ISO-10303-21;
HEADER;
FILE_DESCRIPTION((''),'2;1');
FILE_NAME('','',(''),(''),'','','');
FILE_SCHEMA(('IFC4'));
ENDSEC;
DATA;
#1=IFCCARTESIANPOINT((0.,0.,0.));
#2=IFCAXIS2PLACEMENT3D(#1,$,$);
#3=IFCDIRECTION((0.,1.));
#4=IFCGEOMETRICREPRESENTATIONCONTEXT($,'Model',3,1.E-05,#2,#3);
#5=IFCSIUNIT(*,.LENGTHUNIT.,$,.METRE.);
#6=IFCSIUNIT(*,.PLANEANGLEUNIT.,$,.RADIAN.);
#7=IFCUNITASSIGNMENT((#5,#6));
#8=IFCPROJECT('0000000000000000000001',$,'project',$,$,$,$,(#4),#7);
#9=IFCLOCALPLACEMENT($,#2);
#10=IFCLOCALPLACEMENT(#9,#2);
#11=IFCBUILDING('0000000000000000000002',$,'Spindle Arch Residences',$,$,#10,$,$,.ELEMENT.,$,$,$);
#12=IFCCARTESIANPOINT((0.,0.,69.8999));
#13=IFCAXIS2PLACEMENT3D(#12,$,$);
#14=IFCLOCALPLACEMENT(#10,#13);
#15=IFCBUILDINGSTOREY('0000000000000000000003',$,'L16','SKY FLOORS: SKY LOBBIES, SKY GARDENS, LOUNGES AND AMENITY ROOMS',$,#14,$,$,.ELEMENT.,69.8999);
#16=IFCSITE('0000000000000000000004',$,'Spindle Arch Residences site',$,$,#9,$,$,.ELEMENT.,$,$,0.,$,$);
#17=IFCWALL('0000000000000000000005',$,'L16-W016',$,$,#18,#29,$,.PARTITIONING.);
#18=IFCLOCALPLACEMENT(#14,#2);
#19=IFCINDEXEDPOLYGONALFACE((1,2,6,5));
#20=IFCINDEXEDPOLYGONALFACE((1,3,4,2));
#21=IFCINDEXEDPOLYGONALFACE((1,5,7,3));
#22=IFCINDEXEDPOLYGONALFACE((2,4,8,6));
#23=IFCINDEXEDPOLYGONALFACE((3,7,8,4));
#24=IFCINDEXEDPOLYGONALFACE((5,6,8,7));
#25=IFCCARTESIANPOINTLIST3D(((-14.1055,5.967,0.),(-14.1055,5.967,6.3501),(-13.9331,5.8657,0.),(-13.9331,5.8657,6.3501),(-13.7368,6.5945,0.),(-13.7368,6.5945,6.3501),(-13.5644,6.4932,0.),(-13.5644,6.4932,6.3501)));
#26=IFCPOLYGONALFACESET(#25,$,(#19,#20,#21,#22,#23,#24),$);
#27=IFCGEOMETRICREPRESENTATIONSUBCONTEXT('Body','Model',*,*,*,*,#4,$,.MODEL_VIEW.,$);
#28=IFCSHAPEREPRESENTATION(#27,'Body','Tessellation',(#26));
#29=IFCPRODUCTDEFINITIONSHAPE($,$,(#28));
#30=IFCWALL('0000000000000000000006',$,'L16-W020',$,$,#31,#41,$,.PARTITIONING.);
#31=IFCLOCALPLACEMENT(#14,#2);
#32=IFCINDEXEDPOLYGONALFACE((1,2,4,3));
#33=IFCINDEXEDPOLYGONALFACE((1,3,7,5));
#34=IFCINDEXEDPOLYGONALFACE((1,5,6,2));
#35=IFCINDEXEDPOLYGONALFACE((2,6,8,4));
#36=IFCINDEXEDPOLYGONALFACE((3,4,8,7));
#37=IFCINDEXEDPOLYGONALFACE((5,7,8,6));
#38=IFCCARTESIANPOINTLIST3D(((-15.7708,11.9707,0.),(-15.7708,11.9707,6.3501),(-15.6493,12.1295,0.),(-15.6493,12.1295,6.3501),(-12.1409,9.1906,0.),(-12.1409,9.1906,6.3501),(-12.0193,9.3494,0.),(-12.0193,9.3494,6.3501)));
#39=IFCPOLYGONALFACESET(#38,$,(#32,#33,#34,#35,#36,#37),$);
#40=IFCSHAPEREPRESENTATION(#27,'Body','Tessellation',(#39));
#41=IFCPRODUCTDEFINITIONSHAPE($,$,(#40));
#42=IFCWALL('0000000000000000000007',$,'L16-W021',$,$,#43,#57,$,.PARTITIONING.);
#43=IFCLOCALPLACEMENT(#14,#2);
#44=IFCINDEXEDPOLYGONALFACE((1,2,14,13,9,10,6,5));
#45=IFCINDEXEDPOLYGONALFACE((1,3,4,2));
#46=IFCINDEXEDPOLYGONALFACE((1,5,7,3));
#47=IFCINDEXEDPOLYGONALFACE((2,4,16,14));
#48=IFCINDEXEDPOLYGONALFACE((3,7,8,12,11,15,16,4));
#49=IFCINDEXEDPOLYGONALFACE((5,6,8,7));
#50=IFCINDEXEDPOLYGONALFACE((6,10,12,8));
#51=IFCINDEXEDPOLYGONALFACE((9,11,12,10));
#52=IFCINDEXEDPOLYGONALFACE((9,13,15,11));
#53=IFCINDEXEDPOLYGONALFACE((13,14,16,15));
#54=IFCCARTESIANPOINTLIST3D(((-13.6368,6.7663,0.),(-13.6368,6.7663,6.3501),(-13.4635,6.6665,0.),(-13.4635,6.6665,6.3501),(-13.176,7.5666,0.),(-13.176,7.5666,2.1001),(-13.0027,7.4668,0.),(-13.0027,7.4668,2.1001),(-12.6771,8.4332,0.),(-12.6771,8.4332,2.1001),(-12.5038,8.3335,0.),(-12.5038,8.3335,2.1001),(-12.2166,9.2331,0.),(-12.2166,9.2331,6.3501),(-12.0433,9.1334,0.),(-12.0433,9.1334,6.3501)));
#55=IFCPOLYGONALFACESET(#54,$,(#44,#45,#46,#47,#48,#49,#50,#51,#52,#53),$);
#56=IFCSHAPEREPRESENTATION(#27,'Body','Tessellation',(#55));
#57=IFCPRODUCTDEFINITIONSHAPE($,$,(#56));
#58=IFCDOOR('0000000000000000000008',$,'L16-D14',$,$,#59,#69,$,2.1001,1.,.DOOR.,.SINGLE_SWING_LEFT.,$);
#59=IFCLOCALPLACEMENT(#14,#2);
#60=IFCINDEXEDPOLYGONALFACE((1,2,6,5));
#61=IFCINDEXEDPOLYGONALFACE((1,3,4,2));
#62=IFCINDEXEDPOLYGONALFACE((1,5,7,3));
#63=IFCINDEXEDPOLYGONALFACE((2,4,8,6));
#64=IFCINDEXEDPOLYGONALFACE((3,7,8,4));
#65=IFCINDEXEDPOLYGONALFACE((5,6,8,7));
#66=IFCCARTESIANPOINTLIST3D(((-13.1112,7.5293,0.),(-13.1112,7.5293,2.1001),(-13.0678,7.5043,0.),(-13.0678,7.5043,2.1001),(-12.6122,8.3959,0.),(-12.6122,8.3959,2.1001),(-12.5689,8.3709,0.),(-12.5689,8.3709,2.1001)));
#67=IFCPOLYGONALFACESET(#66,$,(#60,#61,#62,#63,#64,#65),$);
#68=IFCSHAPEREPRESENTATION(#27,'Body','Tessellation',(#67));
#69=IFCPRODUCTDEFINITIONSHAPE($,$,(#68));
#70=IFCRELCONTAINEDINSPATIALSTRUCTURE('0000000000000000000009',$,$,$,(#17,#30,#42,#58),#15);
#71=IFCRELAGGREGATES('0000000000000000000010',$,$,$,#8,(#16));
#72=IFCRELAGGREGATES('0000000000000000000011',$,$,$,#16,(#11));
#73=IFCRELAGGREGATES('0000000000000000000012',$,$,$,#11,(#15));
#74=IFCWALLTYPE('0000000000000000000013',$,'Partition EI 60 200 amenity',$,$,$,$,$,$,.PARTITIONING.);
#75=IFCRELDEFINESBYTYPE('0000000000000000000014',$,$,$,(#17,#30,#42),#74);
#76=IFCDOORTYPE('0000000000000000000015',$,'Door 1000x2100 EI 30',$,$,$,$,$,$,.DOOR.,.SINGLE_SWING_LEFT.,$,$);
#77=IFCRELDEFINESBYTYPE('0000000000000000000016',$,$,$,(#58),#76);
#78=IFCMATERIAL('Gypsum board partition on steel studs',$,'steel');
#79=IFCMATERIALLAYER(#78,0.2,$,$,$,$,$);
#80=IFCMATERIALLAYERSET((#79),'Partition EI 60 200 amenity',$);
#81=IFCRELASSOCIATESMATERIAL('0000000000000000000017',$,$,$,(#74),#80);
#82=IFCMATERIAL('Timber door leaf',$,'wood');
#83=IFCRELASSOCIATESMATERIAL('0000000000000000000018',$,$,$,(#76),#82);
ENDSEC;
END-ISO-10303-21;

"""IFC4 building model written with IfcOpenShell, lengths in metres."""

from ifc_helpers import new_model, si_unit, direction, frame, frame_2d, origin, place, context, subcontext, project, spatial, rectangle, extrude, material, layer, layer_set, type_object, element, fill, save


model = new_model("IFC4")

# Units and contexts
model_context = context("Model", 3, precision=1e-05, world=origin(), true_north=direction((0.0, 1.0)))
body_context = subcontext(model_context, "Body", "Model", "MODEL_VIEW")
ifc_project = project(units=[si_unit("LENGTHUNIT", "METRE"), si_unit("PLANEANGLEUNIT", "RADIAN")], contexts=[model_context])

# Site, building, storey
site_placement = place(None, origin())
site = spatial("IfcSite", under=ifc_project, at=site_placement, Name="Spindle Arch Residences site", CompositionType="ELEMENT", RefElevation=0.0)
building_placement = place(site_placement, origin())
building = spatial("IfcBuilding", under=site, at=building_placement, Name="Spindle Arch Residences", CompositionType="ELEMENT")
storey_placement = place(building_placement, frame((0.0, 0.0, 69.8999)))
storey = spatial("IfcBuildingStorey", under=building, at=storey_placement, Name="L16", Description="SKY FLOORS: SKY LOBBIES, SKY GARDENS, LOUNGES AND AMENITY ROOMS", CompositionType="ELEMENT", Elevation=69.8999)

# Shared definitions
ifc_material_1 = material(Name="Gypsum board partition on steel studs", Category="steel")
ifc_layer_1 = layer(ifc_material_1, 0.2)
ifc_layer_set_1 = layer_set([ifc_layer_1], Name="Partition EI 60 200 amenity")
wall_type_1 = type_object("IfcWallType", Name="Partition EI 60 200 amenity", PredefinedType="PARTITIONING", material=ifc_layer_set_1)
ifc_material_2 = material(Name="Timber door leaf", Category="wood")
door_type_1 = type_object("IfcDoorType", Name="Door 1000x2100 EI 30", OperationType="SINGLE_SWING_LEFT", PredefinedType="DOOR", material=ifc_material_2)

# Walls
wall_1_placement = place(storey_placement, frame((-13.6506, 6.5437, 0.0), z_axis=(0.0, 0.0, 1.0), x_axis=(-0.50658, -0.862193, 0.0)))
element("IfcWall", 1, at=wall_1_placement, inside=storey, type_object=wall_type_1, Name="L16-W016", PredefinedType="PARTITIONING", context=body_context, shape_type="SweptSolid", body=[
    extrude(rectangle(XDim=0.7278, YDim=0.2, at=frame_2d((0.3638, 0.0))), origin(), (0.0, 0.0, 1.0), 6.3501),
])
wall_2_placement = place(storey_placement, frame((-12.0801, 9.27, 0.0), z_axis=(0.0, 0.0, 1.0), x_axis=(-0.793911, 0.608035, 0.0)))
element("IfcWall", 2, at=wall_2_placement, inside=storey, type_object=wall_type_1, Name="L16-W020", PredefinedType="PARTITIONING", context=body_context, shape_type="SweptSolid", body=[
    extrude(rectangle(XDim=4.5723, YDim=0.2, at=frame_2d((2.2861, 0.0))), origin(), (0.0, 0.0, 1.0), 6.3501),
])

# Wall, opening, door
wall_3_placement = place(storey_placement, frame((-12.1299, 9.1833, 0.0), z_axis=(0.0, 0.0, 1.0), x_axis=(-0.498935, -0.866639, 0.0)))
wall_3 = element("IfcWall", 3, at=wall_3_placement, inside=storey, type_object=wall_type_1, Name="L16-W021", PredefinedType="PARTITIONING", context=body_context, shape_type="SweptSolid", body=[
    extrude(rectangle(XDim=2.8464, YDim=0.2, at=frame_2d((1.4233, 0.0))), origin(), (0.0, 0.0, 1.0), 6.3501),
])
opening_1_placement = place(wall_3_placement, frame((0.9231, 0.0, 0.0)))
opening_1 = element("IfcOpeningElement", 4, at=opening_1_placement, cuts=wall_3, PredefinedType="OPENING", context=body_context, shape_type="SweptSolid", body=[
    extrude(rectangle(XDim=1.0, YDim=2.1001, at=frame_2d((0.5, 1.05))), frame((0.0, 0.1099, 0.0), z_axis=(0.0, -1.0, 0.0), x_axis=(1.0, 0.0, 0.0)), (0.0, 0.0, 1.0), 0.22),
])
door_1_placement = place(opening_1_placement, origin())
door_1 = element("IfcDoor", 5, at=door_1_placement, inside=storey, type_object=door_type_1, Name="L16-D14", OperationType="SINGLE_SWING_LEFT", OverallHeight=2.1001, OverallWidth=1.0, PredefinedType="DOOR", context=body_context, shape_type="SweptSolid", body=[
    extrude(rectangle(XDim=1.0, YDim=2.1001, at=frame_2d((0.5, 1.05))), frame((0.0, 0.0249, 0.0), z_axis=(0.0, -1.0, 0.0), x_axis=(1.0, 0.0, 0.0)), (0.0, 0.0, 1.0), 0.05),
])
fill(opening_1, door_1)

save(model, "model.ifc")
